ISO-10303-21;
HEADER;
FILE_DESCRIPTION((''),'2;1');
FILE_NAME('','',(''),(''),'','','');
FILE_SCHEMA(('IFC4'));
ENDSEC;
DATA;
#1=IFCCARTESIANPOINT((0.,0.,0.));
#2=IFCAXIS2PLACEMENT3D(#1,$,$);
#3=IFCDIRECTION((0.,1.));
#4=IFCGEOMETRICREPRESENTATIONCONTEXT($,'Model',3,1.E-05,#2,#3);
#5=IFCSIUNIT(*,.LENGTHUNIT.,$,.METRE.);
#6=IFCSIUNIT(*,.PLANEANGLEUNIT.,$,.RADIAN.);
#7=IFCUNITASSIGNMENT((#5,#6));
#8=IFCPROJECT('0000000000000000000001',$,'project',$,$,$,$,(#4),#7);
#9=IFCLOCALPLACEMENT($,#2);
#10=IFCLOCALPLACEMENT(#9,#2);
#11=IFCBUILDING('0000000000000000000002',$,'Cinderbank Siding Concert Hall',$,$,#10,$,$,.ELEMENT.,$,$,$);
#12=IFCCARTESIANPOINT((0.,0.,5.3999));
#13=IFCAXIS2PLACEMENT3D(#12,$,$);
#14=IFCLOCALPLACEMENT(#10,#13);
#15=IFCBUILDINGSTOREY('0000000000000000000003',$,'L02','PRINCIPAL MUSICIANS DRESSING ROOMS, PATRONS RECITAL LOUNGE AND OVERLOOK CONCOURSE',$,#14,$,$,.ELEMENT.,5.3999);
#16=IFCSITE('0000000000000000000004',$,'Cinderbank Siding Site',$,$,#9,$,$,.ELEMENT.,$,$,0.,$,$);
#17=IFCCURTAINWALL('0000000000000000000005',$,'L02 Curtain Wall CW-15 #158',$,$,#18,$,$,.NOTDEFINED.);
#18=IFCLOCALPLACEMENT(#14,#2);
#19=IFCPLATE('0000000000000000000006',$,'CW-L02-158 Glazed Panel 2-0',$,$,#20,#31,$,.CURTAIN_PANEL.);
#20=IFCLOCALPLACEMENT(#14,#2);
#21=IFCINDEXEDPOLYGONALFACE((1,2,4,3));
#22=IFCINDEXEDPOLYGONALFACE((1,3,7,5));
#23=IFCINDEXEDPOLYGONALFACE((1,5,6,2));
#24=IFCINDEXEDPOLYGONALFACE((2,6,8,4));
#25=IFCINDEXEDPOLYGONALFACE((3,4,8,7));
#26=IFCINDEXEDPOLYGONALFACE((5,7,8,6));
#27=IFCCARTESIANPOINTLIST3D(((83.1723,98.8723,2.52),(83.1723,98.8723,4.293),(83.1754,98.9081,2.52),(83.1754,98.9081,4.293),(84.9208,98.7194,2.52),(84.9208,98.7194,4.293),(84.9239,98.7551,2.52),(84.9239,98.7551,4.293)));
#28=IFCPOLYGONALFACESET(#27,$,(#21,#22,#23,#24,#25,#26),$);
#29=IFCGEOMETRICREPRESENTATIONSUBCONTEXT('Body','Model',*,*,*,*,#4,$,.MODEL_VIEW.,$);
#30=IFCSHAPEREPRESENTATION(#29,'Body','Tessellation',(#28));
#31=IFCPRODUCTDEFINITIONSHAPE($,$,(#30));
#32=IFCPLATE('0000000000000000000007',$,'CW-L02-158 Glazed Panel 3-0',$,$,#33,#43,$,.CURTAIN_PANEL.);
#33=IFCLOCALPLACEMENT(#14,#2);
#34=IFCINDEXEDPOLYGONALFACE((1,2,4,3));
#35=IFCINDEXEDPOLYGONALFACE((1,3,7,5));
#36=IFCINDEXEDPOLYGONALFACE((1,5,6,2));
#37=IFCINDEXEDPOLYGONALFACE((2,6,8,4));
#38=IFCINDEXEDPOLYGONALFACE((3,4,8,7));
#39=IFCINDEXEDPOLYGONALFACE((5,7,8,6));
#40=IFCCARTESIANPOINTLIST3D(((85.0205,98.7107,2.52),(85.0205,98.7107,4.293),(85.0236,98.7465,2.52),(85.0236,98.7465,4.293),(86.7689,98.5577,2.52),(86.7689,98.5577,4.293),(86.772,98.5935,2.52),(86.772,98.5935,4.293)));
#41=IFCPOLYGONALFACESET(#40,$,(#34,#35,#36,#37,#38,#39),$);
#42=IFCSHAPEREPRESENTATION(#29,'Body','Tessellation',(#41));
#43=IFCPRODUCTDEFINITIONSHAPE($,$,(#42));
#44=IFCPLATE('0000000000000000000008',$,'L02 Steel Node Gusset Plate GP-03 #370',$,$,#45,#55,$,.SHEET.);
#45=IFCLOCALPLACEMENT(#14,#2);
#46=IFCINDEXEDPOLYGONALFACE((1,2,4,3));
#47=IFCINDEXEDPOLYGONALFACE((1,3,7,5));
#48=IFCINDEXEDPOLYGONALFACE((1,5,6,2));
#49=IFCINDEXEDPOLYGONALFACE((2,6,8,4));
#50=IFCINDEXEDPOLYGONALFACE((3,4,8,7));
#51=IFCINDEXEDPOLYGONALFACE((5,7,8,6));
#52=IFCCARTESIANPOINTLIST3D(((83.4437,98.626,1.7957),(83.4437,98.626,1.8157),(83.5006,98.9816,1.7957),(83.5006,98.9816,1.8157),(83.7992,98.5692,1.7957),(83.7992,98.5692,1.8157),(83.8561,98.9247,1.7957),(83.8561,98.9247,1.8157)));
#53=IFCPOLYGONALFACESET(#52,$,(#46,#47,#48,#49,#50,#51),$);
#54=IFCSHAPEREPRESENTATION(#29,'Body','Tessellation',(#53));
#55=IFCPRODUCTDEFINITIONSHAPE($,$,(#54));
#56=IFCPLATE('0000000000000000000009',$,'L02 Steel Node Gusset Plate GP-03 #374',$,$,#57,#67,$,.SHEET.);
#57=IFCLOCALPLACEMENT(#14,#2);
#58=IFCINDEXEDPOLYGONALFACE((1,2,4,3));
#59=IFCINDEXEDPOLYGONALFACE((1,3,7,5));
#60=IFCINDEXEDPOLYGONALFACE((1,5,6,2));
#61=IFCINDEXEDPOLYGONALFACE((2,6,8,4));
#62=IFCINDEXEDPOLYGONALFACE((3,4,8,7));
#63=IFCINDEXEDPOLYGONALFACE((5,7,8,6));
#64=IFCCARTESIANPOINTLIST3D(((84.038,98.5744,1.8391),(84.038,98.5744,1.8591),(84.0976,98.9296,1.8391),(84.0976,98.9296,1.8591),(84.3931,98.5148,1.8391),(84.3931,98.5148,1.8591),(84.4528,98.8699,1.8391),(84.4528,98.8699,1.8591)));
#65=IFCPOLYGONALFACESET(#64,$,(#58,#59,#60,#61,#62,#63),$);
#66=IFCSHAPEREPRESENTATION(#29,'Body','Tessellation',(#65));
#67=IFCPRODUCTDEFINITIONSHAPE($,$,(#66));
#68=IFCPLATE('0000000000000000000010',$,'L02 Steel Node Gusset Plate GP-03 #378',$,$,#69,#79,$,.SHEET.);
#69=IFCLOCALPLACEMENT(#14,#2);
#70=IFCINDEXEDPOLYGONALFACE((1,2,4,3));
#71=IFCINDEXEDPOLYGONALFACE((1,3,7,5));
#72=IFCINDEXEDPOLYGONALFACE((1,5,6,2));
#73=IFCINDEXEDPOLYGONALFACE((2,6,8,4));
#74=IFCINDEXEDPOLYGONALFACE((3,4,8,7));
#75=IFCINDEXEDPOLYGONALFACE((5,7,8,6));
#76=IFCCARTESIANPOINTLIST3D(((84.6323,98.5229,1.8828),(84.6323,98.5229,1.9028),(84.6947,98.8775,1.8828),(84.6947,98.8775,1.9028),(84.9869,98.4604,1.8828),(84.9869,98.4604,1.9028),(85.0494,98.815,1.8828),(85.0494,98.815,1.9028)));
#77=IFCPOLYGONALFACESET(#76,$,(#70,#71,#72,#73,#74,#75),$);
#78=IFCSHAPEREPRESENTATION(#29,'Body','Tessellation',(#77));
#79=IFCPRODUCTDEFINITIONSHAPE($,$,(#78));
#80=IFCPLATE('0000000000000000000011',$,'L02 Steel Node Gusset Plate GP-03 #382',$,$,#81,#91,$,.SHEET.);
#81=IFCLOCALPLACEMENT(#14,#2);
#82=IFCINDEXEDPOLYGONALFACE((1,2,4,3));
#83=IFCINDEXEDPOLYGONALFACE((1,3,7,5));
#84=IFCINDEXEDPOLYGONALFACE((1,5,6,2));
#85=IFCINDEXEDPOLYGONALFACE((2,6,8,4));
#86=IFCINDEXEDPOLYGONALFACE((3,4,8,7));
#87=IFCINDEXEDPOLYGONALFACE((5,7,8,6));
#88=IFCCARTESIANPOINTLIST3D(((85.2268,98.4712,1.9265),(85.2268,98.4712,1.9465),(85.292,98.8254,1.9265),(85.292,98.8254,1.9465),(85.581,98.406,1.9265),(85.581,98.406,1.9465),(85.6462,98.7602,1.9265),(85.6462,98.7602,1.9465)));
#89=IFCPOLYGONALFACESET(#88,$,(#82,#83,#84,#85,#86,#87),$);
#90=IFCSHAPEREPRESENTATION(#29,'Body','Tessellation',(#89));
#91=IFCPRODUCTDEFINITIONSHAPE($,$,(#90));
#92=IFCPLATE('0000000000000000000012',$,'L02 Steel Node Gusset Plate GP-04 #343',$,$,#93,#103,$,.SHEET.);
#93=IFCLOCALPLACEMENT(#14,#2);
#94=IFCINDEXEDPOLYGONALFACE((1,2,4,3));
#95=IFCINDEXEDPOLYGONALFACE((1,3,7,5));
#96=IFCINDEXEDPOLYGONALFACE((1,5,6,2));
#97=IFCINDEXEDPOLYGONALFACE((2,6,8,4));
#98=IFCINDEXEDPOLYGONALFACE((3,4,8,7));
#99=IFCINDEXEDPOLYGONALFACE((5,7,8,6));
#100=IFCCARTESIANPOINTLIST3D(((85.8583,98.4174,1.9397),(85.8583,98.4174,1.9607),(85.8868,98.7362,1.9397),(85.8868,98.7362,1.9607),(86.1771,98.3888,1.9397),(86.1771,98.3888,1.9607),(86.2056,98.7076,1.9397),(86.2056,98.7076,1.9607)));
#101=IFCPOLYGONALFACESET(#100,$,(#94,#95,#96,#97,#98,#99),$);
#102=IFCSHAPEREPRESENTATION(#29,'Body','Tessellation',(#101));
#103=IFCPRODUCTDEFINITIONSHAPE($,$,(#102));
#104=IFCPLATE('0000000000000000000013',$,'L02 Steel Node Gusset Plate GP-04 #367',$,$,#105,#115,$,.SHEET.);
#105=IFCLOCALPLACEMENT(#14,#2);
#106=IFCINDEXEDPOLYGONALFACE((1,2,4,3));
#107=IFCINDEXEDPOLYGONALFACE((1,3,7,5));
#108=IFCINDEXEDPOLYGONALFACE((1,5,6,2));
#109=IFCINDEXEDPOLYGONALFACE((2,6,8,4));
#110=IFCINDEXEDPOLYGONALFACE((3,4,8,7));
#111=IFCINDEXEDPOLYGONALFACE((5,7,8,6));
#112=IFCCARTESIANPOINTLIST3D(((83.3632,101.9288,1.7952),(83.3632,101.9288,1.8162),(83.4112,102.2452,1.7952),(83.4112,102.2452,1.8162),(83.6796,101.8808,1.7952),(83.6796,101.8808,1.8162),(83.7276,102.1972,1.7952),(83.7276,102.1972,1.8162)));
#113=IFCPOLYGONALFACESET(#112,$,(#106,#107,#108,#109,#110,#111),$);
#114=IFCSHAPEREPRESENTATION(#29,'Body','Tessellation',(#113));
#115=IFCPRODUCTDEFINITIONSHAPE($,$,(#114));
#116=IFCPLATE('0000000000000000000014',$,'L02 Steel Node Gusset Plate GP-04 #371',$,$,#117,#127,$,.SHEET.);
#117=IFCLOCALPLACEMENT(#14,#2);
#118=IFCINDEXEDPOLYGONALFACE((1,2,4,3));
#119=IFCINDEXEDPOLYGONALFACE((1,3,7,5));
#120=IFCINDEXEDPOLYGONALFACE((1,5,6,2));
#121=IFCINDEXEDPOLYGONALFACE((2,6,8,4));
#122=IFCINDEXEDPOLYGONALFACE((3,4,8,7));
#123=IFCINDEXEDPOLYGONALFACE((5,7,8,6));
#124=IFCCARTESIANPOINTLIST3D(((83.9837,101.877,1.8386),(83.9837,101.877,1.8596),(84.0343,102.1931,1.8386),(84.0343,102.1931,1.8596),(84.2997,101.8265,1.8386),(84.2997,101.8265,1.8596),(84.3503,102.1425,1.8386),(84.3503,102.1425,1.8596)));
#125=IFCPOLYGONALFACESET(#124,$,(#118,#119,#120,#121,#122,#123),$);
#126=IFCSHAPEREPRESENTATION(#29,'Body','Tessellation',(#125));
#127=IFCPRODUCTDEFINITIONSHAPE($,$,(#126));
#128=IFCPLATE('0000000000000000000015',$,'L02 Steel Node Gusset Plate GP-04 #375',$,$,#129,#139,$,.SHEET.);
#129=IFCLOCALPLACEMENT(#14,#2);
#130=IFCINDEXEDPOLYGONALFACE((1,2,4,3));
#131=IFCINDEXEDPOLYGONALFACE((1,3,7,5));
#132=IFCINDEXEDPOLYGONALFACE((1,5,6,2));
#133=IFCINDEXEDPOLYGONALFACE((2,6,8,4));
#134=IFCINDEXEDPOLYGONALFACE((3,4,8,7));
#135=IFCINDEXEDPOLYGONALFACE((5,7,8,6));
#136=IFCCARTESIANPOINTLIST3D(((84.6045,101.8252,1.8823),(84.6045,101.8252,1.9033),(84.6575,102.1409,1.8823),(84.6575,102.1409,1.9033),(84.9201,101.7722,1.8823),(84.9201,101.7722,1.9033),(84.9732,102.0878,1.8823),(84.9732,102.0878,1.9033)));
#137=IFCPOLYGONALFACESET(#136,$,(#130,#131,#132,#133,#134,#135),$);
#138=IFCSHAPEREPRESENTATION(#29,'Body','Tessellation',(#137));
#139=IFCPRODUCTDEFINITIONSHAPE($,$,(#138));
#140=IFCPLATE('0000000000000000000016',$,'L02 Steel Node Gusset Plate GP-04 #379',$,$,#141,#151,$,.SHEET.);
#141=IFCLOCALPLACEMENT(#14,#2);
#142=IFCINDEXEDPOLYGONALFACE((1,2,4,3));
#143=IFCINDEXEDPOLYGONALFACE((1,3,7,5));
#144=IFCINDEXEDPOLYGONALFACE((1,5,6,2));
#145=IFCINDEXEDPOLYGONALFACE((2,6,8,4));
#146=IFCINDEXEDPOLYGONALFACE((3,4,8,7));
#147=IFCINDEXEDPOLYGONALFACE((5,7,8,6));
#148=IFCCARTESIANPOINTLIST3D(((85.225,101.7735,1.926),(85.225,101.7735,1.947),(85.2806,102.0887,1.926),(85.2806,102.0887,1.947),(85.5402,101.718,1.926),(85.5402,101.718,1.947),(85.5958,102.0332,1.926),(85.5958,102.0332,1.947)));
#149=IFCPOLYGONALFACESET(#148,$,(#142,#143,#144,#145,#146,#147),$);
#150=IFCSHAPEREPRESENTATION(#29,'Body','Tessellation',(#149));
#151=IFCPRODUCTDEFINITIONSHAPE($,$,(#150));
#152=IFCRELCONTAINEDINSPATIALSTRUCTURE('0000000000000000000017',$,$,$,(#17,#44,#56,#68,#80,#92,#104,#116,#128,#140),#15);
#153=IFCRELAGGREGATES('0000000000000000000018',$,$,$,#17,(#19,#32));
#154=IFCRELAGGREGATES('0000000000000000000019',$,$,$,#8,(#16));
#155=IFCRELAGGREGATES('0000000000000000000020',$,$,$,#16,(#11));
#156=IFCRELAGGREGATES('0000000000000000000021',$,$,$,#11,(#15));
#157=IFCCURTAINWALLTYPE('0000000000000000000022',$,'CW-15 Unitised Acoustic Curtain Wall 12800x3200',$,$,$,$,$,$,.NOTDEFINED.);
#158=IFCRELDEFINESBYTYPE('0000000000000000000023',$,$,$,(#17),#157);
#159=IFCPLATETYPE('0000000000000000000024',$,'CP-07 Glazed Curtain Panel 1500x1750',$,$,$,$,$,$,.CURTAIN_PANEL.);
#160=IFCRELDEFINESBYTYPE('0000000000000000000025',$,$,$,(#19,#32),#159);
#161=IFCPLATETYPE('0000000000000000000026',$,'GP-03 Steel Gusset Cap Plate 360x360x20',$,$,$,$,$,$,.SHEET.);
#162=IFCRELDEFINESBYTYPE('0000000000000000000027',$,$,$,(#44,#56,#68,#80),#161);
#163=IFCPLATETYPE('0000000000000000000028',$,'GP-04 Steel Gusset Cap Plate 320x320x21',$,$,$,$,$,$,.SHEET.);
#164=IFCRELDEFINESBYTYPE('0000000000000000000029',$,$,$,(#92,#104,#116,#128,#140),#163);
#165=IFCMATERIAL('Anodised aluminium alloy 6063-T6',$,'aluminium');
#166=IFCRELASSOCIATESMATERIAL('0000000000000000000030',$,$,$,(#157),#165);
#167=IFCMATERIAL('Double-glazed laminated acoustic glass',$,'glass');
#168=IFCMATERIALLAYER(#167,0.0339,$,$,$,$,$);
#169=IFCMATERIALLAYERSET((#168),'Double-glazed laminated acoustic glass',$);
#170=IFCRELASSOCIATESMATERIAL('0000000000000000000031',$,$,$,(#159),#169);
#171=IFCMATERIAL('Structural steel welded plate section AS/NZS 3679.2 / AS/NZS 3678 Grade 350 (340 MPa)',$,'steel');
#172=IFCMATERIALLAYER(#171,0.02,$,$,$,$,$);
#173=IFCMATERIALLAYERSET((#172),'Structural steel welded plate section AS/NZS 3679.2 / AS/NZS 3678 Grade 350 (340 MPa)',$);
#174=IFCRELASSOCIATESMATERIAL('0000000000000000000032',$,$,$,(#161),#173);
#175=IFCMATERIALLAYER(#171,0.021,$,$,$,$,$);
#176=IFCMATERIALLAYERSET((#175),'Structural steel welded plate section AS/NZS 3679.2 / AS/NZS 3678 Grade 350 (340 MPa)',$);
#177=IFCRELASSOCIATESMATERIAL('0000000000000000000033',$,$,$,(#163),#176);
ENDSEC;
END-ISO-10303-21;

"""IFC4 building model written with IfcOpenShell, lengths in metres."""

from ifc_helpers import new_model, si_unit, direction, frame, origin, origin_2d, place, context, subcontext, project, spatial, rectangle, extrude, material, layer, layer_set, type_object, element, aggregate, save


model = new_model("IFC4")

# Units and contexts
model_context = context("Model", 3, precision=1e-05, world=origin(), true_north=direction((0.0, 1.0)))
body_context = subcontext(model_context, "Body", "Model", "MODEL_VIEW")
ifc_project = project(units=[si_unit("LENGTHUNIT", "METRE"), si_unit("PLANEANGLEUNIT", "RADIAN")], contexts=[model_context])

# Site, building, storey
site_placement = place(None, origin())
site = spatial("IfcSite", under=ifc_project, at=site_placement, Name="Cinderbank Siding Site", CompositionType="ELEMENT", RefElevation=0.0)
building_placement = place(site_placement, origin())
building = spatial("IfcBuilding", under=site, at=building_placement, Name="Cinderbank Siding Concert Hall", CompositionType="ELEMENT")
storey_placement = place(building_placement, frame((0.0, 0.0, 5.3999)))
storey = spatial("IfcBuildingStorey", under=building, at=storey_placement, Name="L02", Description="PRINCIPAL MUSICIANS DRESSING ROOMS, PATRONS RECITAL LOUNGE AND OVERLOOK CONCOURSE", CompositionType="ELEMENT", Elevation=5.3999)

# Curtain wall
ifc_material_1 = material(Name="Anodised aluminium alloy 6063-T6", Category="aluminium")
curtain_wall_type = type_object("IfcCurtainWallType", Name="CW-15 Unitised Acoustic Curtain Wall 12800x3200", PredefinedType="NOTDEFINED", material=ifc_material_1)
curtain_wall_1_placement = place(storey_placement, origin())
curtain_wall_1 = element("IfcCurtainWall", 1, at=curtain_wall_1_placement, inside=storey, type_object=curtain_wall_type, Name="L02 Curtain Wall CW-15 #158", PredefinedType="NOTDEFINED")

# Plates
ifc_material_2 = material(Name="Double-glazed laminated acoustic glass", Category="glass")
ifc_layer_1 = layer(ifc_material_2, 0.0339)
ifc_layer_set_1 = layer_set([ifc_layer_1], Name="Double-glazed laminated acoustic glass")
plate_type_1 = type_object("IfcPlateType", Name="CP-07 Glazed Curtain Panel 1500x1750", PredefinedType="CURTAIN_PANEL", material=ifc_layer_set_1)
plate_1_placement = place(storey_placement, frame((84.0481, 98.8137, 2.52), z_axis=(0.0, 0.0, 1.0), x_axis=(0.996195, -0.087157, 0.0)))
plate_1 = element("IfcPlate", 2, at=plate_1_placement, type_object=plate_type_1, Name="CW-L02-158 Glazed Panel 2-0", PredefinedType="CURTAIN_PANEL", context=body_context, shape_type="SweptSolid", body=[
    extrude(rectangle(XDim=1.7551, YDim=0.0359, at=origin_2d()), origin(), (0.0, 0.0, 1.0), 1.7729),
])
plate_2_placement = place(storey_placement, frame((85.8962, 98.6521, 2.52), z_axis=(0.0, 0.0, 1.0), x_axis=(0.996195, -0.087157, 0.0)))
plate_2 = element("IfcPlate", 3, at=plate_2_placement, type_object=plate_type_1, Name="CW-L02-158 Glazed Panel 3-0", PredefinedType="CURTAIN_PANEL", context=body_context, shape_type="SweptSolid", body=[
    extrude(rectangle(XDim=1.7551, YDim=0.0359, at=origin_2d()), origin(), (0.0, 0.0, 1.0), 1.7729),
])
aggregate(curtain_wall_1, [plate_1, plate_2])

# Plates
ifc_material_3 = material(Name="Structural steel welded plate section AS/NZS 3679.2 / AS/NZS 3678 Grade 350 (340 MPa)", Category="steel")
ifc_layer_2 = layer(ifc_material_3, 0.02)
ifc_layer_set_2 = layer_set([ifc_layer_2], Name="Structural steel welded plate section AS/NZS 3679.2 / AS/NZS 3678 Grade 350 (340 MPa)")
plate_type_2 = type_object("IfcPlateType", Name="GP-03 Steel Gusset Cap Plate 360x360x20", PredefinedType="SHEET", material=ifc_layer_set_2)
for number, where, z_axis, x_axis, name in (
    (4, (83.6499, 98.7754, 1.7957), (0.0, 0.0, 1.0), (0.157986, 0.987441, 0.0), "L02 Steel Node Gusset Plate GP-03 #370"),
    (5, (84.2454, 98.7222, 1.8391), (0.0, 0.0, 1.0), (0.165736, 0.98617, 0.0), "L02 Steel Node Gusset Plate GP-03 #374"),
    (6, (84.8408, 98.6689, 1.8828), (0.0, 0.0, 1.0), (0.173476, 0.984838, 0.0), "L02 Steel Node Gusset Plate GP-03 #378"),
    (7, (85.4365, 98.6157, 1.9265), (0.0, 0.0, 1.0), (0.181034, 0.983477, 0.0), "L02 Steel Node Gusset Plate GP-03 #382"),
):
    element("IfcPlate", number, at=place(storey_placement, frame(where, z_axis=z_axis, x_axis=x_axis)), inside=storey, type_object=plate_type_2, Name=name, PredefinedType="SHEET", context=body_context, shape_type="SweptSolid", body=[
        extrude(rectangle(XDim=0.3601, YDim=0.3601, at=origin_2d()), origin(), (0.0, 0.0, 1.0), 0.02),
    ])
ifc_layer_3 = layer(ifc_material_3, 0.021)
ifc_layer_set_3 = layer_set([ifc_layer_3], Name="Structural steel welded plate section AS/NZS 3679.2 / AS/NZS 3678 Grade 350 (340 MPa)")
plate_type_3 = type_object("IfcPlateType", Name="GP-04 Steel Gusset Cap Plate 320x320x21", PredefinedType="SHEET", material=ifc_layer_set_3)
for number, where, z_axis, x_axis, name in (
    (8, (86.032, 98.5625, 1.9397), (0.0, 0.0, 1.0), (0.996026, -0.089068, 0.0), "L02 Steel Node Gusset Plate GP-04 #343"),
    (9, (83.5454, 102.063, 1.7952), (0.0, 0.0, 1.0), (0.150053, 0.988678, 0.0), "L02 Steel Node Gusset Plate GP-04 #367"),
    (10, (84.167, 102.0098, 1.8386), (0.0, 0.0, 1.0), (0.157986, 0.987441, 0.0), "L02 Steel Node Gusset Plate GP-04 #371"),
    (11, (84.7888, 101.9565, 1.8823), (0.0, 0.0, 1.0), (0.165736, 0.98617, 0.0), "L02 Steel Node Gusset Plate GP-04 #375"),
    (12, (85.4104, 101.9033, 1.926), (0.0, 0.0, 1.0), (0.173476, 0.984838, 0.0), "L02 Steel Node Gusset Plate GP-04 #379"),
):
    element("IfcPlate", number, at=place(storey_placement, frame(where, z_axis=z_axis, x_axis=x_axis)), inside=storey, type_object=plate_type_3, Name=name, PredefinedType="SHEET", context=body_context, shape_type="SweptSolid", body=[
        extrude(rectangle(XDim=0.3201, YDim=0.3201, at=origin_2d()), origin(), (0.0, 0.0, 1.0), 0.021),
    ])

save(model, "model.ifc")
